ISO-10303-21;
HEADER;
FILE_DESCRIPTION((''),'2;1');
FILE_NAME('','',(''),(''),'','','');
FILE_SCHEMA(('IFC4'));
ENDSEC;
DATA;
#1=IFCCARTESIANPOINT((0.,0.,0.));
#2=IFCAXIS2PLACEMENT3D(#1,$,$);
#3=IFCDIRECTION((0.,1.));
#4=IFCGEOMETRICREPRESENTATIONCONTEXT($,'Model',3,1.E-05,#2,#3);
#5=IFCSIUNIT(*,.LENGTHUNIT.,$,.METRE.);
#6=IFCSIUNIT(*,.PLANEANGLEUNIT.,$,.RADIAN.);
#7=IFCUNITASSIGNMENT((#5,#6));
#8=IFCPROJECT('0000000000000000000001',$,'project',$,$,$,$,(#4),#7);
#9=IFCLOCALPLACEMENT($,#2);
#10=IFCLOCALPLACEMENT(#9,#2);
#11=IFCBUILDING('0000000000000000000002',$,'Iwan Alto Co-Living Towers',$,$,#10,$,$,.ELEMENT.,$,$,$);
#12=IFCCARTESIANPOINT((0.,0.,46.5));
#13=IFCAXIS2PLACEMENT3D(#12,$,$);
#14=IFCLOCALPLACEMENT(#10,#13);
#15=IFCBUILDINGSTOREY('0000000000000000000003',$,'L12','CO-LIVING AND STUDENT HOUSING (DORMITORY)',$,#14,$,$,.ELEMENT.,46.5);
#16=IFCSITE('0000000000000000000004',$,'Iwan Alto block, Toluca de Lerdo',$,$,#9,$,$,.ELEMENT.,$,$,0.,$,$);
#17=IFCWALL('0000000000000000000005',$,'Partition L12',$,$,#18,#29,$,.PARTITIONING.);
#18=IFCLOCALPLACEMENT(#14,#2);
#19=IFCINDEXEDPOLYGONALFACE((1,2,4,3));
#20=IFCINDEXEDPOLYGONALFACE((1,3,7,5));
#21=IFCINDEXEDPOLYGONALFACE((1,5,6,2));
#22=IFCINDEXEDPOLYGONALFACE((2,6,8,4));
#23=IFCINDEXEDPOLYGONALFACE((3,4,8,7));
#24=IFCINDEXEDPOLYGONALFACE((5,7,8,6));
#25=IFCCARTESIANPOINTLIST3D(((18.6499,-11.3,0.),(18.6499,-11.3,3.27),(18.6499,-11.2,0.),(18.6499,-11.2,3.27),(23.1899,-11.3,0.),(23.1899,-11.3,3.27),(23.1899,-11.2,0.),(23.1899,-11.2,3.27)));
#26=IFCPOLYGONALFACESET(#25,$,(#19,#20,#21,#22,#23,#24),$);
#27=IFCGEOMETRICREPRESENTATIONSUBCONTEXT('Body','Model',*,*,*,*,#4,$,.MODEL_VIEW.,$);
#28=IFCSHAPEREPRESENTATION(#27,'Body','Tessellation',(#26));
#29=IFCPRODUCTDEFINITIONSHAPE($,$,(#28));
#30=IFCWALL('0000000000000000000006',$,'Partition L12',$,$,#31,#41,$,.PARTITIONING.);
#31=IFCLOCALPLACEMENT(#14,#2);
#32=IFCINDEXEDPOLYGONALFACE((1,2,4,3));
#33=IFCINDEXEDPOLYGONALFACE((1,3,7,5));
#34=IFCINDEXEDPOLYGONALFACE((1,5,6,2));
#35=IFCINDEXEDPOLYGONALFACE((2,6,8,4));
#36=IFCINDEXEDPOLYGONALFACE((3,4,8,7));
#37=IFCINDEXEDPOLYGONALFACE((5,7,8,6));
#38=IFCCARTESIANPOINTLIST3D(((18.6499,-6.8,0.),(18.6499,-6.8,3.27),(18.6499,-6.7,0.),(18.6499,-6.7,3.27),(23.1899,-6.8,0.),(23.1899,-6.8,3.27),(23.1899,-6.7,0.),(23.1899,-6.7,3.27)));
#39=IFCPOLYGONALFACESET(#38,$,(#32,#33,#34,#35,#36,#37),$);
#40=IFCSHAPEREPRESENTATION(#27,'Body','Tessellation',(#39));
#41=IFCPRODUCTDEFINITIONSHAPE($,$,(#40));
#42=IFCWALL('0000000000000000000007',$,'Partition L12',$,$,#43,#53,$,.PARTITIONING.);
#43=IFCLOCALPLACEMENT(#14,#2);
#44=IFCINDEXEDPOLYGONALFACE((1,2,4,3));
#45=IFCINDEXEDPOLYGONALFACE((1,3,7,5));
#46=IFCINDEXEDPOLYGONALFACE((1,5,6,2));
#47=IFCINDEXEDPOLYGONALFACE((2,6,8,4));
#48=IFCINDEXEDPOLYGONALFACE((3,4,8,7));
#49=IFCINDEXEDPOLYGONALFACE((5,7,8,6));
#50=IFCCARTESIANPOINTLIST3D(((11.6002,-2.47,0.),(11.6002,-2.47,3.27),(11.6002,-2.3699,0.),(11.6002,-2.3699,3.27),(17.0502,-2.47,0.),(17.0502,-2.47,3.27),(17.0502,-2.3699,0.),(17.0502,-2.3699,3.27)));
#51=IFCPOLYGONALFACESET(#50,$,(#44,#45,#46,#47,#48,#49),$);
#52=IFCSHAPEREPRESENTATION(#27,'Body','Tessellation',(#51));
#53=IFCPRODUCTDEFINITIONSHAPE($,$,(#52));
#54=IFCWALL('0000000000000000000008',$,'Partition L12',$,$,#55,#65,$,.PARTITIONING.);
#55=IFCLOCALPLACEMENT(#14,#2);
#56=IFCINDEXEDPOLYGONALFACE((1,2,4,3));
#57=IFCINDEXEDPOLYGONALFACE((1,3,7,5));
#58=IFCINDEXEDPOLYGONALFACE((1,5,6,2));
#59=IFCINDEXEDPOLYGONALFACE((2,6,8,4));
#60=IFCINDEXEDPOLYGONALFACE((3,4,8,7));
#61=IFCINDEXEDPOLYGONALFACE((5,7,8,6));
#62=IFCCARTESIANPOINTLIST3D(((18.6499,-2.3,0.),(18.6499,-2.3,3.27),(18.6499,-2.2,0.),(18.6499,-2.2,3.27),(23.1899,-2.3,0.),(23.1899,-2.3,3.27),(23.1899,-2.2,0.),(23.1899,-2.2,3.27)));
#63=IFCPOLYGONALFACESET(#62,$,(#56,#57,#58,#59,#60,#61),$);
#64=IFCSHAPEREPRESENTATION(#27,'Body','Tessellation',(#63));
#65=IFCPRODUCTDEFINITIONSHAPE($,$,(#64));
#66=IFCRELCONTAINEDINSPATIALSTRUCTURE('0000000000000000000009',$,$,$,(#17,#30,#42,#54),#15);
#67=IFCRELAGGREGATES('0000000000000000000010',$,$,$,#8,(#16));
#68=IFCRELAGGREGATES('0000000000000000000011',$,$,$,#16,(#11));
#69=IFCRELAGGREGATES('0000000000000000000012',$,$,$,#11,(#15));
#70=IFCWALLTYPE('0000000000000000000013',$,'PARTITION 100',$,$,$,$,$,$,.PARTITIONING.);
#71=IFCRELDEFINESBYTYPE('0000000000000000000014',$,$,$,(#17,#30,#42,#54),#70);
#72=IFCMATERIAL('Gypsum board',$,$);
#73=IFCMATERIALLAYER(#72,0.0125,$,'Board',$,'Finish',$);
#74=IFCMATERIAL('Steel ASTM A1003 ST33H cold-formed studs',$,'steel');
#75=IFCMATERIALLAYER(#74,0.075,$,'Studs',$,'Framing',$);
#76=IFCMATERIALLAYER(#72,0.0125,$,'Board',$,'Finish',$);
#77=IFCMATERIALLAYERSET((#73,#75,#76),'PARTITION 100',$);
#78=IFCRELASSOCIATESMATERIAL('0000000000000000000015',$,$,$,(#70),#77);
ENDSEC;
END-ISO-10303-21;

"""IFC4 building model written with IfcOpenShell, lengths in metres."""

from ifc_helpers import new_model, si_unit, direction, frame, frame_2d, origin, place, context, subcontext, project, spatial, rectangle, extrude, material, layer, layer_set, type_object, element, save


model = new_model("IFC4")

# Units and contexts
model_context = context("Model", 3, precision=1e-05, world=origin(), true_north=direction((0.0, 1.0)))
body_context = subcontext(model_context, "Body", "Model", "MODEL_VIEW")
ifc_project = project(units=[si_unit("LENGTHUNIT", "METRE"), si_unit("PLANEANGLEUNIT", "RADIAN")], contexts=[model_context])

# Site, building, storey
site_placement = place(None, origin())
site = spatial("IfcSite", under=ifc_project, at=site_placement, Name="Iwan Alto block, Toluca de Lerdo", CompositionType="ELEMENT", RefElevation=0.0)
building_placement = place(site_placement, origin())
building = spatial("IfcBuilding", under=site, at=building_placement, Name="Iwan Alto Co-Living Towers", CompositionType="ELEMENT")
storey_placement = place(building_placement, frame((0.0, 0.0, 46.5)))
storey = spatial("IfcBuildingStorey", under=building, at=storey_placement, Name="L12", Description="CO-LIVING AND STUDENT HOUSING (DORMITORY)", CompositionType="ELEMENT", Elevation=46.5)

# Shared definitions
ifc_material_1 = material(Name="Gypsum board")
ifc_material_2 = material(Name="Steel ASTM A1003 ST33H cold-formed studs", Category="steel")

# Walls
ifc_layer_1 = layer(ifc_material_1, 0.0125, Name="Board", Category="Finish")
ifc_layer_2 = layer(ifc_material_2, 0.075, Name="Studs", Category="Framing")
ifc_layer_3 = layer(ifc_material_1, 0.0125, Name="Board", Category="Finish")
ifc_layer_set_1 = layer_set([ifc_layer_1, ifc_layer_2, ifc_layer_3], Name="PARTITION 100")
wall_type_1 = type_object("IfcWallType", Name="PARTITION 100", PredefinedType="PARTITIONING", material=ifc_layer_set_1)
for number, where, z_axis, x_axis, name in (
    (1, (18.6499, -11.25, 0.0), (0.0, 0.0, 1.0), (1.0, 0.0, 0.0), "Partition L12"),
    (2, (18.6499, -6.75, 0.0), (0.0, 0.0, 1.0), (1.0, 0.0, 0.0), "Partition L12"),
):
    element("IfcWall", number, at=place(storey_placement, frame(where, z_axis=z_axis, x_axis=x_axis)), inside=storey, type_object=wall_type_1, Name=name, PredefinedType="PARTITIONING", context=body_context, shape_type="SweptSolid", body=[
        extrude(rectangle(XDim=4.54, YDim=0.1001, at=frame_2d((2.27, 0.0))), origin(), (0.0, 0.0, 1.0), 3.27),
    ])
wall_1_placement = place(storey_placement, frame((11.6001, -2.4199, 0.0), z_axis=(0.0, 0.0, 1.0), x_axis=(1.0, 0.0, 0.0)))
element("IfcWall", 3, at=wall_1_placement, inside=storey, type_object=wall_type_1, Name="Partition L12", PredefinedType="PARTITIONING", context=body_context, shape_type="SweptSolid", body=[
    extrude(rectangle(XDim=5.45, YDim=0.1001, at=frame_2d((2.7251, 0.0))), origin(), (0.0, 0.0, 1.0), 3.27),
])
wall_2_placement = place(storey_placement, frame((18.6499, -2.25, 0.0), z_axis=(0.0, 0.0, 1.0), x_axis=(1.0, 0.0, 0.0)))
element("IfcWall", 4, at=wall_2_placement, inside=storey, type_object=wall_type_1, Name="Partition L12", PredefinedType="PARTITIONING", context=body_context, shape_type="SweptSolid", body=[
    extrude(rectangle(XDim=4.54, YDim=0.1001, at=frame_2d((2.27, 0.0))), origin(), (0.0, 0.0, 1.0), 3.27),
])

save(model, "model.ifc")
